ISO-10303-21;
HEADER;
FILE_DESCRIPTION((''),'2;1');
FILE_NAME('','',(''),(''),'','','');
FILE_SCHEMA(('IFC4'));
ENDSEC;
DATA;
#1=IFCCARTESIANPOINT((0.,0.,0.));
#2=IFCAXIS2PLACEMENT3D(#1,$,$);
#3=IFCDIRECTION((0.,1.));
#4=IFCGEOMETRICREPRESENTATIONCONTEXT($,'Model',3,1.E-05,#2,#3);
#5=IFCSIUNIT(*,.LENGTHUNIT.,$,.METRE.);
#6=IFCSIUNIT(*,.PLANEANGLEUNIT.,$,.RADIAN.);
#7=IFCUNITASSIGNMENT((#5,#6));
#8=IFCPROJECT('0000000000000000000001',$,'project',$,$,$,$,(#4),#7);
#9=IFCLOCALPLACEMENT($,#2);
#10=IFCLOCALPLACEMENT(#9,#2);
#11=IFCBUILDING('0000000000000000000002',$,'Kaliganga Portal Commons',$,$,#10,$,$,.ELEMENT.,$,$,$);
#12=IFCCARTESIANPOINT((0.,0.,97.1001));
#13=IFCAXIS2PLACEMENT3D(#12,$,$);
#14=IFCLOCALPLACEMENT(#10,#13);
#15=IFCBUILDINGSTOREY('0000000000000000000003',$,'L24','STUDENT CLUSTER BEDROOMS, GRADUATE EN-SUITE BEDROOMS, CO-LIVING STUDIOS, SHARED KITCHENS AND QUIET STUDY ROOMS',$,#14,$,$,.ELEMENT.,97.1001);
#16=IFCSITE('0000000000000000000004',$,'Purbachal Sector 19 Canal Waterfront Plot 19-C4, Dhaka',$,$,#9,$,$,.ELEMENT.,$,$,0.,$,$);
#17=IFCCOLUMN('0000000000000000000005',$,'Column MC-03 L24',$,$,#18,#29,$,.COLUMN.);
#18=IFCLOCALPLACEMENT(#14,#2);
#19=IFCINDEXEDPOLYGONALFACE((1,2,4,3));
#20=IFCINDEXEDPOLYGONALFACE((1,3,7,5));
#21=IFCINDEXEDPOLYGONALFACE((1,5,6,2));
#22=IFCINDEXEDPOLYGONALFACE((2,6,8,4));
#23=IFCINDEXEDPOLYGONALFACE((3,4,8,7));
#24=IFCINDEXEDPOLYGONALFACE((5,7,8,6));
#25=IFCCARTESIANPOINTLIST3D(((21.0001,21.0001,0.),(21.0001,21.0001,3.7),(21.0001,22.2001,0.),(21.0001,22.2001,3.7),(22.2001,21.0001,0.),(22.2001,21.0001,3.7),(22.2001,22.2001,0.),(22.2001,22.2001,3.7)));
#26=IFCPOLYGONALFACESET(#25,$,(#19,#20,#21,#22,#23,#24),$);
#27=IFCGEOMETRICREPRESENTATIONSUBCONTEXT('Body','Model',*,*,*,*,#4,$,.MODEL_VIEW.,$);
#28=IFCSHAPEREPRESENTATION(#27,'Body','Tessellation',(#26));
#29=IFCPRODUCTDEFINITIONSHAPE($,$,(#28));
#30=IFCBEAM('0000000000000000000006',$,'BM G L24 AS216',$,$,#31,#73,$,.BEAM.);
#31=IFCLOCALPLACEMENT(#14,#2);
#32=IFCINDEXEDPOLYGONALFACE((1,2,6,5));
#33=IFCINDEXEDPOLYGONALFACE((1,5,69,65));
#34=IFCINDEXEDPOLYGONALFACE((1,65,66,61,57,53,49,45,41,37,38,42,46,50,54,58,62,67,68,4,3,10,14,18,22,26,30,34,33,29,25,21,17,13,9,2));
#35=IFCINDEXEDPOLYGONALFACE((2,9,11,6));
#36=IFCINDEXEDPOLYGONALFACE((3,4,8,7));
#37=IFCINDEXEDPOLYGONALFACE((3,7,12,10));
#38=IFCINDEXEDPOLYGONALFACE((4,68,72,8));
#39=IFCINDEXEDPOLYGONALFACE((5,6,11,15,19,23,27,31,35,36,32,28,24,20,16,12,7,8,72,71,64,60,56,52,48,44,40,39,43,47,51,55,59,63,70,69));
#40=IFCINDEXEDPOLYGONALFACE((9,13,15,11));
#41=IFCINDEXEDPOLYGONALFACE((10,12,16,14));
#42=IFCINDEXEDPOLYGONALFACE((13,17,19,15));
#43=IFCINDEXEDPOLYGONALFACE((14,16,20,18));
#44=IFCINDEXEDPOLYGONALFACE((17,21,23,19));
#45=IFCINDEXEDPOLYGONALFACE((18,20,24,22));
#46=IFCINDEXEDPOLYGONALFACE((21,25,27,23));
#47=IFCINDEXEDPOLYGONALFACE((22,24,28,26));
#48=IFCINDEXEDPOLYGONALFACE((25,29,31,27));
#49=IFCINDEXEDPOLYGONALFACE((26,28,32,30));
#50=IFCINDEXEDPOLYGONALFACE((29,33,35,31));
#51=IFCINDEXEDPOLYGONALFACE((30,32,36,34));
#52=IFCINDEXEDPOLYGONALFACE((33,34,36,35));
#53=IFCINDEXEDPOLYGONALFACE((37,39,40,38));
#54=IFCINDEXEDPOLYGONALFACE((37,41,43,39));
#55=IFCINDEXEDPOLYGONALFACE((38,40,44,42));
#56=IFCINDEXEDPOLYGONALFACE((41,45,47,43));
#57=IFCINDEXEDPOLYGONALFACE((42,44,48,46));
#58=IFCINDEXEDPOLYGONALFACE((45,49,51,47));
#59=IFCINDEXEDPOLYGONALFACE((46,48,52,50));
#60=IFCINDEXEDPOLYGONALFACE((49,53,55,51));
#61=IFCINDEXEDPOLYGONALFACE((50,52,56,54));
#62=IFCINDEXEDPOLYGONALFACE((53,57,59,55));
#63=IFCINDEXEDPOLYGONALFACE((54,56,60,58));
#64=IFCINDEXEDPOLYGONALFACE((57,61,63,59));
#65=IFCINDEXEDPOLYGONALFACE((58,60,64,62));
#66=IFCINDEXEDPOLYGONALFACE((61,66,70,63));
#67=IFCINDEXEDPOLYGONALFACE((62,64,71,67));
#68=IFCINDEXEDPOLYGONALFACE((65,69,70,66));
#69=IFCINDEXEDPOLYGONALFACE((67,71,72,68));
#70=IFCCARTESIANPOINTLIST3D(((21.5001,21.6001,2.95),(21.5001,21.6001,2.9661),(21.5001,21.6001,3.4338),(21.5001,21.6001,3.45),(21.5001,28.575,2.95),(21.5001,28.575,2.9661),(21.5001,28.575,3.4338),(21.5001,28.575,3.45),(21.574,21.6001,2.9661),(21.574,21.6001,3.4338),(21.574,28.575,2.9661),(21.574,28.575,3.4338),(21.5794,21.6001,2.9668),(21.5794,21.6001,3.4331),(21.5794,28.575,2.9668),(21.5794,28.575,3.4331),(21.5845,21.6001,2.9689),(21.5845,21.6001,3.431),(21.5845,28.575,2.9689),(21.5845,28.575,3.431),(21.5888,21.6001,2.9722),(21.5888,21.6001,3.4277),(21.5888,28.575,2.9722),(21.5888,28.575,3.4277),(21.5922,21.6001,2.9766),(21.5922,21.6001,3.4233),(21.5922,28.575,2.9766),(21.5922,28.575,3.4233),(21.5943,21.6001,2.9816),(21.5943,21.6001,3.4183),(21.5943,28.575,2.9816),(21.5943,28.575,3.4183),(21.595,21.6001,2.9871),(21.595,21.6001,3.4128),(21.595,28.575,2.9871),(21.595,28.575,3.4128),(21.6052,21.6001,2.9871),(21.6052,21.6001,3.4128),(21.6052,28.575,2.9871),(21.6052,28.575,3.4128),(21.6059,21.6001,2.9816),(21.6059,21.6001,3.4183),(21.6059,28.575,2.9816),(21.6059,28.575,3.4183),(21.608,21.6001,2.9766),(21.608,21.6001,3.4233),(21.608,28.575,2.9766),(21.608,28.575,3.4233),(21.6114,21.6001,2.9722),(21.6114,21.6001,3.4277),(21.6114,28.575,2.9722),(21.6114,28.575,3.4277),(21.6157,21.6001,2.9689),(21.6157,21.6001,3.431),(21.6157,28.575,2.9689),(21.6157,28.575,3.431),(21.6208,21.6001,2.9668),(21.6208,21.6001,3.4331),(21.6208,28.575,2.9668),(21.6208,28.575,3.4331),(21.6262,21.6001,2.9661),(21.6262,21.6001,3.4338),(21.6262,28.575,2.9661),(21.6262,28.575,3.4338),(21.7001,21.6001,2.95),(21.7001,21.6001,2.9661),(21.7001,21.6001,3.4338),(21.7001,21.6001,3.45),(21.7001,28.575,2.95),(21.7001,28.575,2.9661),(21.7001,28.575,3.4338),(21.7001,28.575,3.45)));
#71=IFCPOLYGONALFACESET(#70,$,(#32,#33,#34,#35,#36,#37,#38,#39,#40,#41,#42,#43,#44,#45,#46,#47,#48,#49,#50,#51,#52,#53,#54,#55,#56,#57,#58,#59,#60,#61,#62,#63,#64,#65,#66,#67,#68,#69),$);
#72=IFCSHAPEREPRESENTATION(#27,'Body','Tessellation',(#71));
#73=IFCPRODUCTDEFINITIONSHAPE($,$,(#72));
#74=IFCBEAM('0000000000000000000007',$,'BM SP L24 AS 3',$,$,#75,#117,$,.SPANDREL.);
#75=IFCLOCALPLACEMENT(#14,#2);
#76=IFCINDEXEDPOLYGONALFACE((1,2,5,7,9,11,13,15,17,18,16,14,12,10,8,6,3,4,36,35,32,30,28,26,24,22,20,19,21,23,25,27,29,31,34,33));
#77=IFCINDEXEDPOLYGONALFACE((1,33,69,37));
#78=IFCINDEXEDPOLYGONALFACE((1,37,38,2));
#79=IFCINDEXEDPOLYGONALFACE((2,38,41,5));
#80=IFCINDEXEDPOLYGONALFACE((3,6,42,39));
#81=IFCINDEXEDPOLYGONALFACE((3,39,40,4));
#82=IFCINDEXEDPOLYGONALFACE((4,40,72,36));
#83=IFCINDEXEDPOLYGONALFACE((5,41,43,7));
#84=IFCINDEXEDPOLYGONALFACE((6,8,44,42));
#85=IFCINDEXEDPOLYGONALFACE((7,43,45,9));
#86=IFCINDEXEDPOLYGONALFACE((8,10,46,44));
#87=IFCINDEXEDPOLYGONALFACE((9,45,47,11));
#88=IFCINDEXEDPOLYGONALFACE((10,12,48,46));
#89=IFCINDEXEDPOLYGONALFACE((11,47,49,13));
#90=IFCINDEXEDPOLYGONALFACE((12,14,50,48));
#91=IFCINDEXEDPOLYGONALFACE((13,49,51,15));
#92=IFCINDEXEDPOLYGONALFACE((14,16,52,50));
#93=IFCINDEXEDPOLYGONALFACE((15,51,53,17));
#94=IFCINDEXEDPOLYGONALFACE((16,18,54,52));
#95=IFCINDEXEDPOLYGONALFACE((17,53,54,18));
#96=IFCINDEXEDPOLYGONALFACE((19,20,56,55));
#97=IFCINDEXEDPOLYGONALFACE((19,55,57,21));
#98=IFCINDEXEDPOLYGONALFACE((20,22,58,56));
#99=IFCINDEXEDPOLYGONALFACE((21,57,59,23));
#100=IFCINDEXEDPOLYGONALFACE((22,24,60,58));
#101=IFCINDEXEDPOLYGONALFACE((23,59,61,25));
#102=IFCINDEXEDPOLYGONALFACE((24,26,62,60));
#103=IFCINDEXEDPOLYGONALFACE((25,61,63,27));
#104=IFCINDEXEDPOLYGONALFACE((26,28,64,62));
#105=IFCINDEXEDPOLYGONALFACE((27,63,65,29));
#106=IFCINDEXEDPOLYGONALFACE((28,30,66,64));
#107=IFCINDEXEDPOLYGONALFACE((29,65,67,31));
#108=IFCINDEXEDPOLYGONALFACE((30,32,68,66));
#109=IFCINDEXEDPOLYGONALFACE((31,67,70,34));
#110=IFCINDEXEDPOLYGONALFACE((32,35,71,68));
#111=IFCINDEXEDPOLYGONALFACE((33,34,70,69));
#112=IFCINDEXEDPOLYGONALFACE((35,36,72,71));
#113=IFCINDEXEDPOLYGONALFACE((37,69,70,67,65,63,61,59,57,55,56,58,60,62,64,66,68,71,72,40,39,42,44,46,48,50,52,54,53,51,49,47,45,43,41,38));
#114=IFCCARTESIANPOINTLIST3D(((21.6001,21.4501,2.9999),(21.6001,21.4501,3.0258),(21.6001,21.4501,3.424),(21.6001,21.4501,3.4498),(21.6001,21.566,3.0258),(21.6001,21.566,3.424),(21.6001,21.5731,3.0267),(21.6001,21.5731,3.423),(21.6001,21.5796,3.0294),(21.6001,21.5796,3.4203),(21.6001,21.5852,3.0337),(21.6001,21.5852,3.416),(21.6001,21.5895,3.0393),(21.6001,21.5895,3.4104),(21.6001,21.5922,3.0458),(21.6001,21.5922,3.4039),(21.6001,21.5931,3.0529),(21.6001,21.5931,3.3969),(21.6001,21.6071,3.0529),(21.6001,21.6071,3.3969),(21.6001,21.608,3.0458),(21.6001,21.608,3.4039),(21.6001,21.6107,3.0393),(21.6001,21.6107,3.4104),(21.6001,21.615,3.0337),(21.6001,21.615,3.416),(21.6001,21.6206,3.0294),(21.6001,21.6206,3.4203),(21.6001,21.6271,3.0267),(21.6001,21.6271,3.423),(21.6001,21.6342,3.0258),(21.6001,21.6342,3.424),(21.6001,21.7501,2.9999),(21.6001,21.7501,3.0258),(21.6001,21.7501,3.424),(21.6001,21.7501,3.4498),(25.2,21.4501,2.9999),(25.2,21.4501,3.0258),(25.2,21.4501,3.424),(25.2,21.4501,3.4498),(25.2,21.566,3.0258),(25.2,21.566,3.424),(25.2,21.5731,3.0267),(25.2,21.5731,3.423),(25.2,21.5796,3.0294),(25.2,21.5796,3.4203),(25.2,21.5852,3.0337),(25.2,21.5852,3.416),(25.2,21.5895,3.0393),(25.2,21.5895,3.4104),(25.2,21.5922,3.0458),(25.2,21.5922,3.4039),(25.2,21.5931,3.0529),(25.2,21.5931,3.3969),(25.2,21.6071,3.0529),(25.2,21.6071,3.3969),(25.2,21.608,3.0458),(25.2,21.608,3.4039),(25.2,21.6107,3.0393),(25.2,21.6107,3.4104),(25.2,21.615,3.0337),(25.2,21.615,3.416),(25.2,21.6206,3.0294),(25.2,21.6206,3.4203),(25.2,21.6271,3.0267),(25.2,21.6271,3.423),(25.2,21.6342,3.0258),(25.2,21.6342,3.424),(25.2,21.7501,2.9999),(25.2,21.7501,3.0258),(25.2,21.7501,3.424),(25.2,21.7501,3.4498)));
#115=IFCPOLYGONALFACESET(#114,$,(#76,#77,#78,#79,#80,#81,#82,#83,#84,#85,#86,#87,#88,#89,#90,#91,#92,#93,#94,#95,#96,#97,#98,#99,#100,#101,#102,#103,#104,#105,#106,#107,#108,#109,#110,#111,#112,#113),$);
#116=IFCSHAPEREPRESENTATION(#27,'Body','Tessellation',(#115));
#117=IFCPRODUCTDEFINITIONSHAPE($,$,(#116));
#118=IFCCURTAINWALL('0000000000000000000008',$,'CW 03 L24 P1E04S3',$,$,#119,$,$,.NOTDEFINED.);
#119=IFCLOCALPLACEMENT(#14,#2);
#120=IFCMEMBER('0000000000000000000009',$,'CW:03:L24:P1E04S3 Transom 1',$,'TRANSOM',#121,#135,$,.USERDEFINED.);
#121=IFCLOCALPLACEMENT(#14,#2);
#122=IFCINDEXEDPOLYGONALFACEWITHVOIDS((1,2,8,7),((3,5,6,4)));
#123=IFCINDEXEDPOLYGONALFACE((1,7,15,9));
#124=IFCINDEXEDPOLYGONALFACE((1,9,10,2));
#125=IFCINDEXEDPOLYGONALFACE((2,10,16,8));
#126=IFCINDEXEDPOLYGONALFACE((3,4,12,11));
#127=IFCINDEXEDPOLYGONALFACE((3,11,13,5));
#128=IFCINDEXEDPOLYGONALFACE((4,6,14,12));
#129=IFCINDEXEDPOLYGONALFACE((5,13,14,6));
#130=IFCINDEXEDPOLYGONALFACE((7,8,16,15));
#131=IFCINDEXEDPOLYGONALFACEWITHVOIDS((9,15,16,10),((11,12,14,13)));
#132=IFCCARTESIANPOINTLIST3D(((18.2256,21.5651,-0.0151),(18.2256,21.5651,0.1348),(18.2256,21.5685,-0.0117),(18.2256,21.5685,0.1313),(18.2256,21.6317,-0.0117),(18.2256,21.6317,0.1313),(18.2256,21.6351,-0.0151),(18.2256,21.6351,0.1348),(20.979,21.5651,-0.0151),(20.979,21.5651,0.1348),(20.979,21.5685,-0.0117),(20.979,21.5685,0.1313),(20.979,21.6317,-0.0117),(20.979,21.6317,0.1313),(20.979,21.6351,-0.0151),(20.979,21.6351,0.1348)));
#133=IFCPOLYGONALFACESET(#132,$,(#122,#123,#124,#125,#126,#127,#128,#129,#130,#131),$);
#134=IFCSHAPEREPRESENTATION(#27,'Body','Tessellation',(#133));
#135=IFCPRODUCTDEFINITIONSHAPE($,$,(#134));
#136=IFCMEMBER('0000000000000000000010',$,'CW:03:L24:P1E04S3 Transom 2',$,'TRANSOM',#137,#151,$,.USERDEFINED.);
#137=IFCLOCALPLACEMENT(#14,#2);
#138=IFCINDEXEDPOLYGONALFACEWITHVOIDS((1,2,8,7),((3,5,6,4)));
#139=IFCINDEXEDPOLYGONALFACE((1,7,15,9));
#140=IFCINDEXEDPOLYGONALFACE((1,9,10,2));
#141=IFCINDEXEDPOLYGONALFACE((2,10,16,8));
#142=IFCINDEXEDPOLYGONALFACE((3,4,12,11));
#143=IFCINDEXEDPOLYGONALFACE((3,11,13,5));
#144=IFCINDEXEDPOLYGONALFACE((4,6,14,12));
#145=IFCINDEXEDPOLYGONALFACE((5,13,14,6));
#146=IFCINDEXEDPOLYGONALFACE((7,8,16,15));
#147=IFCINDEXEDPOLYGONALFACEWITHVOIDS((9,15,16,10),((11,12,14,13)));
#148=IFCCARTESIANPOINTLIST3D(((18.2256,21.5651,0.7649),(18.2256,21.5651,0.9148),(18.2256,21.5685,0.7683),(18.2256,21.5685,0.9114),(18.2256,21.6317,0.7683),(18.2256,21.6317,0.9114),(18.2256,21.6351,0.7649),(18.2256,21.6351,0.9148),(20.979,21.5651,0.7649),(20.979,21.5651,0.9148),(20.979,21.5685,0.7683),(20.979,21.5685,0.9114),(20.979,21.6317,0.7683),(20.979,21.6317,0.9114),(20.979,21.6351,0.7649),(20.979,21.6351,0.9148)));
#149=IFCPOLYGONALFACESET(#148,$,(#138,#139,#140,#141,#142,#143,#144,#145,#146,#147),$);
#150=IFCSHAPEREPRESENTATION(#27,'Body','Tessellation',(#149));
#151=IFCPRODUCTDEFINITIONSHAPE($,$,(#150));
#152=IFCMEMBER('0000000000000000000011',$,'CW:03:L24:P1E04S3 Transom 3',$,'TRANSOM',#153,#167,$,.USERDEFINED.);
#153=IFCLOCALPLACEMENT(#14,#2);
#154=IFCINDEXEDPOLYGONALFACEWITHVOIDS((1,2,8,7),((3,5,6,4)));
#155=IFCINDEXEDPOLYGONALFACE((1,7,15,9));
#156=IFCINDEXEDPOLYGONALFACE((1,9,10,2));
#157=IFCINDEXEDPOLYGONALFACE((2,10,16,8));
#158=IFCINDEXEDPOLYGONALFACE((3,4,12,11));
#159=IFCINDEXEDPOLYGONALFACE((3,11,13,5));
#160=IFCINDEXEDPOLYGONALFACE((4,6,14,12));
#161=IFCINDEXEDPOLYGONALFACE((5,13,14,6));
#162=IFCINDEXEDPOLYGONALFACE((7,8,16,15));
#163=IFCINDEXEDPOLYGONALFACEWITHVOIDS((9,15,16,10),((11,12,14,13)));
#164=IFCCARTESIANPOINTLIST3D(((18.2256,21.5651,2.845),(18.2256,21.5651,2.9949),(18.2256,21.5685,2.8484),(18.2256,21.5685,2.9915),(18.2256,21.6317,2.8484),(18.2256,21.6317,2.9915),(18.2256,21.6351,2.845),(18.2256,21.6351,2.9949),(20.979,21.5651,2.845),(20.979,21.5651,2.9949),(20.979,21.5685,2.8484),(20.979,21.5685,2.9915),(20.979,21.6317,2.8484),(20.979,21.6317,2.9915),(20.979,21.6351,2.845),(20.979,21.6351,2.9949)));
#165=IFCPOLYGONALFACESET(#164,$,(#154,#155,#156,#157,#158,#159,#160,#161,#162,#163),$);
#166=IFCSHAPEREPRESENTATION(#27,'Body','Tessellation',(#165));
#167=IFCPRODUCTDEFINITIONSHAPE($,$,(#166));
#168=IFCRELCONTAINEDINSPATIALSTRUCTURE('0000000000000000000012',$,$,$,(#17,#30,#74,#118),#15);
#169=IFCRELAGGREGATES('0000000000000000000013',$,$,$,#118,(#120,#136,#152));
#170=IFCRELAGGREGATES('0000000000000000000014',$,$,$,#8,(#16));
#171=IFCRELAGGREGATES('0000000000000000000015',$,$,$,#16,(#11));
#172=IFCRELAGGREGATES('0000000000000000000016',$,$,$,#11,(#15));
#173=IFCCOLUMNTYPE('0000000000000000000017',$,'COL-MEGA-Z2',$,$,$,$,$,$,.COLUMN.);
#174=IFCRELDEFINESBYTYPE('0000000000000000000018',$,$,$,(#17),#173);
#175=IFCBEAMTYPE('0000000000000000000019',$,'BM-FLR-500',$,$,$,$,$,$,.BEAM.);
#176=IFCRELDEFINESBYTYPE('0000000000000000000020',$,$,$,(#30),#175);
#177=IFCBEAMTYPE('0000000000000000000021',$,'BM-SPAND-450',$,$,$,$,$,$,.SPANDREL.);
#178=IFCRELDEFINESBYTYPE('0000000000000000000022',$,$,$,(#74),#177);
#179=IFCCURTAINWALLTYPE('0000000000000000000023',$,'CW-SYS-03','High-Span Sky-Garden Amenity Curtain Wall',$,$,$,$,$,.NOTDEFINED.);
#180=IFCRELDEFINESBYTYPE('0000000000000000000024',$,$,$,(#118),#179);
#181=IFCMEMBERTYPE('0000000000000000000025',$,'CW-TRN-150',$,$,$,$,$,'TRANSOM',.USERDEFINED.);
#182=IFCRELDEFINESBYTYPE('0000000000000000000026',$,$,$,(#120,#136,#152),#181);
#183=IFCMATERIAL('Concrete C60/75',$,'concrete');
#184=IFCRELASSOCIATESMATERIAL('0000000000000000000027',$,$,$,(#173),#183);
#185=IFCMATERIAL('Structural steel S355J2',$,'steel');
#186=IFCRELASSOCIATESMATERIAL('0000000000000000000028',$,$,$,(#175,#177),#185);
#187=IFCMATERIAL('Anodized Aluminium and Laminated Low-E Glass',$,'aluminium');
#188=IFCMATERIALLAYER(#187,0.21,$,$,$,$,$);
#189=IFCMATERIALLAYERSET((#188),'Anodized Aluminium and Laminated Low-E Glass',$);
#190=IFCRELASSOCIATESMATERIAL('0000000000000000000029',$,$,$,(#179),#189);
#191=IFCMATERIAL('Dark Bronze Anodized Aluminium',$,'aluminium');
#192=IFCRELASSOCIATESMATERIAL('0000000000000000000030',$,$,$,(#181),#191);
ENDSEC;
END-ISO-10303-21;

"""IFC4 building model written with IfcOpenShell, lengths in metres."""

from ifc_helpers import new_model, si_unit, direction, frame, origin, origin_2d, place, context, subcontext, project, spatial, rectangle, hollow_rectangle, i_section, extrude, source, transform, mapped, material, layer, layer_set, material_profile, profile_set, type_object, element, aggregate, save


model = new_model("IFC4")

# Units and contexts
model_context = context("Model", 3, precision=1e-05, world=origin(), true_north=direction((0.0, 1.0)))
body_context = subcontext(model_context, "Body", "Model", "MODEL_VIEW")
ifc_project = project(units=[si_unit("LENGTHUNIT", "METRE"), si_unit("PLANEANGLEUNIT", "RADIAN")], contexts=[model_context])

# Site, building, storey
site_placement = place(None, origin())
site = spatial("IfcSite", under=ifc_project, at=site_placement, Name="Purbachal Sector 19 Canal Waterfront Plot 19-C4, Dhaka", CompositionType="ELEMENT", RefElevation=0.0)
building_placement = place(site_placement, origin())
building = spatial("IfcBuilding", under=site, at=building_placement, Name="Kaliganga Portal Commons", CompositionType="ELEMENT")
storey_placement = place(building_placement, frame((0.0, 0.0, 97.1001)))
storey = spatial("IfcBuildingStorey", under=building, at=storey_placement, Name="L24", Description="STUDENT CLUSTER BEDROOMS, GRADUATE EN-SUITE BEDROOMS, CO-LIVING STUDIOS, SHARED KITCHENS AND QUIET STUDY ROOMS", CompositionType="ELEMENT", Elevation=97.1001)

# Column
ifc_material_1 = material(Name="Concrete C60/75", Category="concrete")
ifc_material_profile_1 = material_profile(ifc_material_1, rectangle(XDim=1.2, YDim=1.2, at=origin_2d()), Name="RC 1200x1200")
ifc_profile_set_1 = profile_set([ifc_material_profile_1], Name="Concrete C60/75")
column_type = type_object("IfcColumnType", Name="COL-MEGA-Z2", PredefinedType="COLUMN", material=ifc_profile_set_1)
shared_shape_1 = source(origin(), body_context, "Body", "SweptSolid", [
    extrude(rectangle(XDim=1.2, YDim=1.2, at=origin_2d()), origin(), (0.0, 0.0, 1.0), 3.7),
])
column_placement = place(storey_placement, frame((21.6001, 21.6001, 0.0), z_axis=(0.0, 0.0, 1.0), x_axis=(1.0, 0.0, 0.0)))
element("IfcColumn", 1, at=column_placement, inside=storey, type_object=column_type, Name="Column MC-03 L24", PredefinedType="COLUMN", context=body_context, shape_type="MappedRepresentation", body=[
    mapped(shared_shape_1, transform((0.0, 0.0, 0.0), x_axis=(1.0, 0.0, 0.0), y_axis=(0.0, 1.0, 0.0), z_axis=(0.0, 0.0, 1.0), scale=1.0)),
])

# Beams
ifc_material_2 = material(Name="Structural steel S355J2", Category="steel")
ifc_material_profile_2 = material_profile(ifc_material_2, i_section(OverallWidth=0.2, OverallDepth=0.5, WebThickness=0.0103, FlangeThickness=0.0161, FilletRadius=0.021, at=origin_2d()), Name="IPE 500")
ifc_profile_set_2 = profile_set([ifc_material_profile_2], Name="Structural steel S355J2 wide-flange")
beam_type_1 = type_object("IfcBeamType", Name="BM-FLR-500", PredefinedType="BEAM", material=ifc_profile_set_2)
shared_shape_2 = source(origin(), body_context, "Body", "SweptSolid", [
    extrude(i_section(OverallWidth=0.2, OverallDepth=0.5, WebThickness=0.0103, FlangeThickness=0.0161, FilletRadius=0.021, at=origin_2d()), origin(), (0.0, 0.0, 1.0), 6.9749),
])
beam_1_placement = place(storey_placement, frame((21.6001, 21.6001, 3.2), z_axis=(0.0, 1.0, 0.0), x_axis=(-1.0, 0.0, 0.0)))
element("IfcBeam", 2, at=beam_1_placement, inside=storey, type_object=beam_type_1, Name="BM G L24 AS216", PredefinedType="BEAM", context=body_context, shape_type="MappedRepresentation", body=[
    mapped(shared_shape_2, transform((0.0, 0.0, 0.0), x_axis=(1.0, 0.0, 0.0), y_axis=(0.0, 1.0, 0.0), z_axis=(0.0, 0.0, 1.0), scale=1.0)),
])
ifc_material_profile_3 = material_profile(ifc_material_2, i_section(OverallWidth=0.3, OverallDepth=0.45, WebThickness=0.0139, FlangeThickness=0.0259, FilletRadius=0.0271, at=origin_2d()), Name="HE 450 B")
ifc_profile_set_3 = profile_set([ifc_material_profile_3], Name="Structural steel S355J2 wide-flange")
beam_type_2 = type_object("IfcBeamType", Name="BM-SPAND-450", PredefinedType="SPANDREL", material=ifc_profile_set_3)
shared_shape_3 = source(origin(), body_context, "Body", "SweptSolid", [
    extrude(i_section(OverallWidth=0.3, OverallDepth=0.45, WebThickness=0.0139, FlangeThickness=0.0259, FilletRadius=0.0271, at=origin_2d()), origin(), (0.0, 0.0, 1.0), 3.5999),
])
beam_2_placement = place(storey_placement, frame((21.6001, 21.6001, 3.2249), z_axis=(1.0, 0.0, 0.0), x_axis=(0.0, 1.0, 0.0)))
element("IfcBeam", 3, at=beam_2_placement, inside=storey, type_object=beam_type_2, Name="BM SP L24 AS 3", PredefinedType="SPANDREL", context=body_context, shape_type="MappedRepresentation", body=[
    mapped(shared_shape_3, transform((0.0, 0.0, 0.0), x_axis=(1.0, 0.0, 0.0), y_axis=(0.0, 1.0, 0.0), z_axis=(0.0, 0.0, 1.0), scale=1.0)),
])

# Curtain wall, members
ifc_material_3 = material(Name="Anodized Aluminium and Laminated Low-E Glass", Category="aluminium")
ifc_layer_1 = layer(ifc_material_3, 0.21)
ifc_layer_set_1 = layer_set([ifc_layer_1], Name="Anodized Aluminium and Laminated Low-E Glass")
curtain_wall_type = type_object("IfcCurtainWallType", Name="CW-SYS-03", Description="High-Span Sky-Garden Amenity Curtain Wall", PredefinedType="NOTDEFINED", material=ifc_layer_set_1)
curtain_wall_1_placement = place(storey_placement, origin())
curtain_wall_1 = element("IfcCurtainWall", 4, at=curtain_wall_1_placement, inside=storey, type_object=curtain_wall_type, Name="CW 03 L24 P1E04S3", PredefinedType="NOTDEFINED")
ifc_material_4 = material(Name="Dark Bronze Anodized Aluminium", Category="aluminium")
ifc_material_profile_4 = material_profile(ifc_material_4, hollow_rectangle(XDim=0.0701, YDim=0.1499, WallThickness=0.0034, at=origin_2d()), Name="ALU TRAN 70x150x3.5")
ifc_profile_set_4 = profile_set([ifc_material_profile_4], Name="Dark Bronze Anodized Aluminium")
member_type_1 = type_object("IfcMemberType", Name="CW-TRN-150", ElementType="TRANSOM", PredefinedType="USERDEFINED", material=ifc_profile_set_4)
shared_shape_4 = source(origin(), body_context, "Body", "SweptSolid", [
    extrude(hollow_rectangle(XDim=0.0701, YDim=0.1499, WallThickness=0.0034, at=origin_2d()), origin(), (0.0, 0.0, 1.0), 2.7534),
])
member_1_placement = place(storey_placement, frame((18.2256, 21.6001, 0.0598), z_axis=(1.0, 0.0, 0.0), x_axis=(0.0, 1.0, 0.0)))
member_1 = element("IfcMember", 5, at=member_1_placement, type_object=member_type_1, Name="CW:03:L24:P1E04S3 Transom 1", ObjectType="TRANSOM", PredefinedType="USERDEFINED", context=body_context, shape_type="MappedRepresentation", body=[
    mapped(shared_shape_4, transform((0.0, 0.0, 0.0), x_axis=(1.0, 0.0, 0.0), y_axis=(0.0, 1.0, 0.0), z_axis=(0.0, 0.0, 1.0), scale=1.0)),
])
member_2_placement = place(storey_placement, frame((18.2256, 21.6001, 0.8398), z_axis=(1.0, 0.0, 0.0), x_axis=(0.0, 1.0, 0.0)))
member_2 = element("IfcMember", 6, at=member_2_placement, type_object=member_type_1, Name="CW:03:L24:P1E04S3 Transom 2", ObjectType="TRANSOM", PredefinedType="USERDEFINED", context=body_context, shape_type="MappedRepresentation", body=[
    mapped(shared_shape_4, transform((0.0, 0.0, 0.0), x_axis=(1.0, 0.0, 0.0), y_axis=(0.0, 1.0, 0.0), z_axis=(0.0, 0.0, 1.0), scale=1.0)),
])
member_3_placement = place(storey_placement, frame((18.2256, 21.6001, 2.9199), z_axis=(1.0, 0.0, 0.0), x_axis=(0.0, 1.0, 0.0)))
member_3 = element("IfcMember", 7, at=member_3_placement, type_object=member_type_1, Name="CW:03:L24:P1E04S3 Transom 3", ObjectType="TRANSOM", PredefinedType="USERDEFINED", context=body_context, shape_type="MappedRepresentation", body=[
    mapped(shared_shape_4, transform((0.0, 0.0, 0.0), x_axis=(1.0, 0.0, 0.0), y_axis=(0.0, 1.0, 0.0), z_axis=(0.0, 0.0, 1.0), scale=1.0)),
])

aggregate(curtain_wall_1, [member_1, member_2, member_3])

save(model, "model.ifc")
